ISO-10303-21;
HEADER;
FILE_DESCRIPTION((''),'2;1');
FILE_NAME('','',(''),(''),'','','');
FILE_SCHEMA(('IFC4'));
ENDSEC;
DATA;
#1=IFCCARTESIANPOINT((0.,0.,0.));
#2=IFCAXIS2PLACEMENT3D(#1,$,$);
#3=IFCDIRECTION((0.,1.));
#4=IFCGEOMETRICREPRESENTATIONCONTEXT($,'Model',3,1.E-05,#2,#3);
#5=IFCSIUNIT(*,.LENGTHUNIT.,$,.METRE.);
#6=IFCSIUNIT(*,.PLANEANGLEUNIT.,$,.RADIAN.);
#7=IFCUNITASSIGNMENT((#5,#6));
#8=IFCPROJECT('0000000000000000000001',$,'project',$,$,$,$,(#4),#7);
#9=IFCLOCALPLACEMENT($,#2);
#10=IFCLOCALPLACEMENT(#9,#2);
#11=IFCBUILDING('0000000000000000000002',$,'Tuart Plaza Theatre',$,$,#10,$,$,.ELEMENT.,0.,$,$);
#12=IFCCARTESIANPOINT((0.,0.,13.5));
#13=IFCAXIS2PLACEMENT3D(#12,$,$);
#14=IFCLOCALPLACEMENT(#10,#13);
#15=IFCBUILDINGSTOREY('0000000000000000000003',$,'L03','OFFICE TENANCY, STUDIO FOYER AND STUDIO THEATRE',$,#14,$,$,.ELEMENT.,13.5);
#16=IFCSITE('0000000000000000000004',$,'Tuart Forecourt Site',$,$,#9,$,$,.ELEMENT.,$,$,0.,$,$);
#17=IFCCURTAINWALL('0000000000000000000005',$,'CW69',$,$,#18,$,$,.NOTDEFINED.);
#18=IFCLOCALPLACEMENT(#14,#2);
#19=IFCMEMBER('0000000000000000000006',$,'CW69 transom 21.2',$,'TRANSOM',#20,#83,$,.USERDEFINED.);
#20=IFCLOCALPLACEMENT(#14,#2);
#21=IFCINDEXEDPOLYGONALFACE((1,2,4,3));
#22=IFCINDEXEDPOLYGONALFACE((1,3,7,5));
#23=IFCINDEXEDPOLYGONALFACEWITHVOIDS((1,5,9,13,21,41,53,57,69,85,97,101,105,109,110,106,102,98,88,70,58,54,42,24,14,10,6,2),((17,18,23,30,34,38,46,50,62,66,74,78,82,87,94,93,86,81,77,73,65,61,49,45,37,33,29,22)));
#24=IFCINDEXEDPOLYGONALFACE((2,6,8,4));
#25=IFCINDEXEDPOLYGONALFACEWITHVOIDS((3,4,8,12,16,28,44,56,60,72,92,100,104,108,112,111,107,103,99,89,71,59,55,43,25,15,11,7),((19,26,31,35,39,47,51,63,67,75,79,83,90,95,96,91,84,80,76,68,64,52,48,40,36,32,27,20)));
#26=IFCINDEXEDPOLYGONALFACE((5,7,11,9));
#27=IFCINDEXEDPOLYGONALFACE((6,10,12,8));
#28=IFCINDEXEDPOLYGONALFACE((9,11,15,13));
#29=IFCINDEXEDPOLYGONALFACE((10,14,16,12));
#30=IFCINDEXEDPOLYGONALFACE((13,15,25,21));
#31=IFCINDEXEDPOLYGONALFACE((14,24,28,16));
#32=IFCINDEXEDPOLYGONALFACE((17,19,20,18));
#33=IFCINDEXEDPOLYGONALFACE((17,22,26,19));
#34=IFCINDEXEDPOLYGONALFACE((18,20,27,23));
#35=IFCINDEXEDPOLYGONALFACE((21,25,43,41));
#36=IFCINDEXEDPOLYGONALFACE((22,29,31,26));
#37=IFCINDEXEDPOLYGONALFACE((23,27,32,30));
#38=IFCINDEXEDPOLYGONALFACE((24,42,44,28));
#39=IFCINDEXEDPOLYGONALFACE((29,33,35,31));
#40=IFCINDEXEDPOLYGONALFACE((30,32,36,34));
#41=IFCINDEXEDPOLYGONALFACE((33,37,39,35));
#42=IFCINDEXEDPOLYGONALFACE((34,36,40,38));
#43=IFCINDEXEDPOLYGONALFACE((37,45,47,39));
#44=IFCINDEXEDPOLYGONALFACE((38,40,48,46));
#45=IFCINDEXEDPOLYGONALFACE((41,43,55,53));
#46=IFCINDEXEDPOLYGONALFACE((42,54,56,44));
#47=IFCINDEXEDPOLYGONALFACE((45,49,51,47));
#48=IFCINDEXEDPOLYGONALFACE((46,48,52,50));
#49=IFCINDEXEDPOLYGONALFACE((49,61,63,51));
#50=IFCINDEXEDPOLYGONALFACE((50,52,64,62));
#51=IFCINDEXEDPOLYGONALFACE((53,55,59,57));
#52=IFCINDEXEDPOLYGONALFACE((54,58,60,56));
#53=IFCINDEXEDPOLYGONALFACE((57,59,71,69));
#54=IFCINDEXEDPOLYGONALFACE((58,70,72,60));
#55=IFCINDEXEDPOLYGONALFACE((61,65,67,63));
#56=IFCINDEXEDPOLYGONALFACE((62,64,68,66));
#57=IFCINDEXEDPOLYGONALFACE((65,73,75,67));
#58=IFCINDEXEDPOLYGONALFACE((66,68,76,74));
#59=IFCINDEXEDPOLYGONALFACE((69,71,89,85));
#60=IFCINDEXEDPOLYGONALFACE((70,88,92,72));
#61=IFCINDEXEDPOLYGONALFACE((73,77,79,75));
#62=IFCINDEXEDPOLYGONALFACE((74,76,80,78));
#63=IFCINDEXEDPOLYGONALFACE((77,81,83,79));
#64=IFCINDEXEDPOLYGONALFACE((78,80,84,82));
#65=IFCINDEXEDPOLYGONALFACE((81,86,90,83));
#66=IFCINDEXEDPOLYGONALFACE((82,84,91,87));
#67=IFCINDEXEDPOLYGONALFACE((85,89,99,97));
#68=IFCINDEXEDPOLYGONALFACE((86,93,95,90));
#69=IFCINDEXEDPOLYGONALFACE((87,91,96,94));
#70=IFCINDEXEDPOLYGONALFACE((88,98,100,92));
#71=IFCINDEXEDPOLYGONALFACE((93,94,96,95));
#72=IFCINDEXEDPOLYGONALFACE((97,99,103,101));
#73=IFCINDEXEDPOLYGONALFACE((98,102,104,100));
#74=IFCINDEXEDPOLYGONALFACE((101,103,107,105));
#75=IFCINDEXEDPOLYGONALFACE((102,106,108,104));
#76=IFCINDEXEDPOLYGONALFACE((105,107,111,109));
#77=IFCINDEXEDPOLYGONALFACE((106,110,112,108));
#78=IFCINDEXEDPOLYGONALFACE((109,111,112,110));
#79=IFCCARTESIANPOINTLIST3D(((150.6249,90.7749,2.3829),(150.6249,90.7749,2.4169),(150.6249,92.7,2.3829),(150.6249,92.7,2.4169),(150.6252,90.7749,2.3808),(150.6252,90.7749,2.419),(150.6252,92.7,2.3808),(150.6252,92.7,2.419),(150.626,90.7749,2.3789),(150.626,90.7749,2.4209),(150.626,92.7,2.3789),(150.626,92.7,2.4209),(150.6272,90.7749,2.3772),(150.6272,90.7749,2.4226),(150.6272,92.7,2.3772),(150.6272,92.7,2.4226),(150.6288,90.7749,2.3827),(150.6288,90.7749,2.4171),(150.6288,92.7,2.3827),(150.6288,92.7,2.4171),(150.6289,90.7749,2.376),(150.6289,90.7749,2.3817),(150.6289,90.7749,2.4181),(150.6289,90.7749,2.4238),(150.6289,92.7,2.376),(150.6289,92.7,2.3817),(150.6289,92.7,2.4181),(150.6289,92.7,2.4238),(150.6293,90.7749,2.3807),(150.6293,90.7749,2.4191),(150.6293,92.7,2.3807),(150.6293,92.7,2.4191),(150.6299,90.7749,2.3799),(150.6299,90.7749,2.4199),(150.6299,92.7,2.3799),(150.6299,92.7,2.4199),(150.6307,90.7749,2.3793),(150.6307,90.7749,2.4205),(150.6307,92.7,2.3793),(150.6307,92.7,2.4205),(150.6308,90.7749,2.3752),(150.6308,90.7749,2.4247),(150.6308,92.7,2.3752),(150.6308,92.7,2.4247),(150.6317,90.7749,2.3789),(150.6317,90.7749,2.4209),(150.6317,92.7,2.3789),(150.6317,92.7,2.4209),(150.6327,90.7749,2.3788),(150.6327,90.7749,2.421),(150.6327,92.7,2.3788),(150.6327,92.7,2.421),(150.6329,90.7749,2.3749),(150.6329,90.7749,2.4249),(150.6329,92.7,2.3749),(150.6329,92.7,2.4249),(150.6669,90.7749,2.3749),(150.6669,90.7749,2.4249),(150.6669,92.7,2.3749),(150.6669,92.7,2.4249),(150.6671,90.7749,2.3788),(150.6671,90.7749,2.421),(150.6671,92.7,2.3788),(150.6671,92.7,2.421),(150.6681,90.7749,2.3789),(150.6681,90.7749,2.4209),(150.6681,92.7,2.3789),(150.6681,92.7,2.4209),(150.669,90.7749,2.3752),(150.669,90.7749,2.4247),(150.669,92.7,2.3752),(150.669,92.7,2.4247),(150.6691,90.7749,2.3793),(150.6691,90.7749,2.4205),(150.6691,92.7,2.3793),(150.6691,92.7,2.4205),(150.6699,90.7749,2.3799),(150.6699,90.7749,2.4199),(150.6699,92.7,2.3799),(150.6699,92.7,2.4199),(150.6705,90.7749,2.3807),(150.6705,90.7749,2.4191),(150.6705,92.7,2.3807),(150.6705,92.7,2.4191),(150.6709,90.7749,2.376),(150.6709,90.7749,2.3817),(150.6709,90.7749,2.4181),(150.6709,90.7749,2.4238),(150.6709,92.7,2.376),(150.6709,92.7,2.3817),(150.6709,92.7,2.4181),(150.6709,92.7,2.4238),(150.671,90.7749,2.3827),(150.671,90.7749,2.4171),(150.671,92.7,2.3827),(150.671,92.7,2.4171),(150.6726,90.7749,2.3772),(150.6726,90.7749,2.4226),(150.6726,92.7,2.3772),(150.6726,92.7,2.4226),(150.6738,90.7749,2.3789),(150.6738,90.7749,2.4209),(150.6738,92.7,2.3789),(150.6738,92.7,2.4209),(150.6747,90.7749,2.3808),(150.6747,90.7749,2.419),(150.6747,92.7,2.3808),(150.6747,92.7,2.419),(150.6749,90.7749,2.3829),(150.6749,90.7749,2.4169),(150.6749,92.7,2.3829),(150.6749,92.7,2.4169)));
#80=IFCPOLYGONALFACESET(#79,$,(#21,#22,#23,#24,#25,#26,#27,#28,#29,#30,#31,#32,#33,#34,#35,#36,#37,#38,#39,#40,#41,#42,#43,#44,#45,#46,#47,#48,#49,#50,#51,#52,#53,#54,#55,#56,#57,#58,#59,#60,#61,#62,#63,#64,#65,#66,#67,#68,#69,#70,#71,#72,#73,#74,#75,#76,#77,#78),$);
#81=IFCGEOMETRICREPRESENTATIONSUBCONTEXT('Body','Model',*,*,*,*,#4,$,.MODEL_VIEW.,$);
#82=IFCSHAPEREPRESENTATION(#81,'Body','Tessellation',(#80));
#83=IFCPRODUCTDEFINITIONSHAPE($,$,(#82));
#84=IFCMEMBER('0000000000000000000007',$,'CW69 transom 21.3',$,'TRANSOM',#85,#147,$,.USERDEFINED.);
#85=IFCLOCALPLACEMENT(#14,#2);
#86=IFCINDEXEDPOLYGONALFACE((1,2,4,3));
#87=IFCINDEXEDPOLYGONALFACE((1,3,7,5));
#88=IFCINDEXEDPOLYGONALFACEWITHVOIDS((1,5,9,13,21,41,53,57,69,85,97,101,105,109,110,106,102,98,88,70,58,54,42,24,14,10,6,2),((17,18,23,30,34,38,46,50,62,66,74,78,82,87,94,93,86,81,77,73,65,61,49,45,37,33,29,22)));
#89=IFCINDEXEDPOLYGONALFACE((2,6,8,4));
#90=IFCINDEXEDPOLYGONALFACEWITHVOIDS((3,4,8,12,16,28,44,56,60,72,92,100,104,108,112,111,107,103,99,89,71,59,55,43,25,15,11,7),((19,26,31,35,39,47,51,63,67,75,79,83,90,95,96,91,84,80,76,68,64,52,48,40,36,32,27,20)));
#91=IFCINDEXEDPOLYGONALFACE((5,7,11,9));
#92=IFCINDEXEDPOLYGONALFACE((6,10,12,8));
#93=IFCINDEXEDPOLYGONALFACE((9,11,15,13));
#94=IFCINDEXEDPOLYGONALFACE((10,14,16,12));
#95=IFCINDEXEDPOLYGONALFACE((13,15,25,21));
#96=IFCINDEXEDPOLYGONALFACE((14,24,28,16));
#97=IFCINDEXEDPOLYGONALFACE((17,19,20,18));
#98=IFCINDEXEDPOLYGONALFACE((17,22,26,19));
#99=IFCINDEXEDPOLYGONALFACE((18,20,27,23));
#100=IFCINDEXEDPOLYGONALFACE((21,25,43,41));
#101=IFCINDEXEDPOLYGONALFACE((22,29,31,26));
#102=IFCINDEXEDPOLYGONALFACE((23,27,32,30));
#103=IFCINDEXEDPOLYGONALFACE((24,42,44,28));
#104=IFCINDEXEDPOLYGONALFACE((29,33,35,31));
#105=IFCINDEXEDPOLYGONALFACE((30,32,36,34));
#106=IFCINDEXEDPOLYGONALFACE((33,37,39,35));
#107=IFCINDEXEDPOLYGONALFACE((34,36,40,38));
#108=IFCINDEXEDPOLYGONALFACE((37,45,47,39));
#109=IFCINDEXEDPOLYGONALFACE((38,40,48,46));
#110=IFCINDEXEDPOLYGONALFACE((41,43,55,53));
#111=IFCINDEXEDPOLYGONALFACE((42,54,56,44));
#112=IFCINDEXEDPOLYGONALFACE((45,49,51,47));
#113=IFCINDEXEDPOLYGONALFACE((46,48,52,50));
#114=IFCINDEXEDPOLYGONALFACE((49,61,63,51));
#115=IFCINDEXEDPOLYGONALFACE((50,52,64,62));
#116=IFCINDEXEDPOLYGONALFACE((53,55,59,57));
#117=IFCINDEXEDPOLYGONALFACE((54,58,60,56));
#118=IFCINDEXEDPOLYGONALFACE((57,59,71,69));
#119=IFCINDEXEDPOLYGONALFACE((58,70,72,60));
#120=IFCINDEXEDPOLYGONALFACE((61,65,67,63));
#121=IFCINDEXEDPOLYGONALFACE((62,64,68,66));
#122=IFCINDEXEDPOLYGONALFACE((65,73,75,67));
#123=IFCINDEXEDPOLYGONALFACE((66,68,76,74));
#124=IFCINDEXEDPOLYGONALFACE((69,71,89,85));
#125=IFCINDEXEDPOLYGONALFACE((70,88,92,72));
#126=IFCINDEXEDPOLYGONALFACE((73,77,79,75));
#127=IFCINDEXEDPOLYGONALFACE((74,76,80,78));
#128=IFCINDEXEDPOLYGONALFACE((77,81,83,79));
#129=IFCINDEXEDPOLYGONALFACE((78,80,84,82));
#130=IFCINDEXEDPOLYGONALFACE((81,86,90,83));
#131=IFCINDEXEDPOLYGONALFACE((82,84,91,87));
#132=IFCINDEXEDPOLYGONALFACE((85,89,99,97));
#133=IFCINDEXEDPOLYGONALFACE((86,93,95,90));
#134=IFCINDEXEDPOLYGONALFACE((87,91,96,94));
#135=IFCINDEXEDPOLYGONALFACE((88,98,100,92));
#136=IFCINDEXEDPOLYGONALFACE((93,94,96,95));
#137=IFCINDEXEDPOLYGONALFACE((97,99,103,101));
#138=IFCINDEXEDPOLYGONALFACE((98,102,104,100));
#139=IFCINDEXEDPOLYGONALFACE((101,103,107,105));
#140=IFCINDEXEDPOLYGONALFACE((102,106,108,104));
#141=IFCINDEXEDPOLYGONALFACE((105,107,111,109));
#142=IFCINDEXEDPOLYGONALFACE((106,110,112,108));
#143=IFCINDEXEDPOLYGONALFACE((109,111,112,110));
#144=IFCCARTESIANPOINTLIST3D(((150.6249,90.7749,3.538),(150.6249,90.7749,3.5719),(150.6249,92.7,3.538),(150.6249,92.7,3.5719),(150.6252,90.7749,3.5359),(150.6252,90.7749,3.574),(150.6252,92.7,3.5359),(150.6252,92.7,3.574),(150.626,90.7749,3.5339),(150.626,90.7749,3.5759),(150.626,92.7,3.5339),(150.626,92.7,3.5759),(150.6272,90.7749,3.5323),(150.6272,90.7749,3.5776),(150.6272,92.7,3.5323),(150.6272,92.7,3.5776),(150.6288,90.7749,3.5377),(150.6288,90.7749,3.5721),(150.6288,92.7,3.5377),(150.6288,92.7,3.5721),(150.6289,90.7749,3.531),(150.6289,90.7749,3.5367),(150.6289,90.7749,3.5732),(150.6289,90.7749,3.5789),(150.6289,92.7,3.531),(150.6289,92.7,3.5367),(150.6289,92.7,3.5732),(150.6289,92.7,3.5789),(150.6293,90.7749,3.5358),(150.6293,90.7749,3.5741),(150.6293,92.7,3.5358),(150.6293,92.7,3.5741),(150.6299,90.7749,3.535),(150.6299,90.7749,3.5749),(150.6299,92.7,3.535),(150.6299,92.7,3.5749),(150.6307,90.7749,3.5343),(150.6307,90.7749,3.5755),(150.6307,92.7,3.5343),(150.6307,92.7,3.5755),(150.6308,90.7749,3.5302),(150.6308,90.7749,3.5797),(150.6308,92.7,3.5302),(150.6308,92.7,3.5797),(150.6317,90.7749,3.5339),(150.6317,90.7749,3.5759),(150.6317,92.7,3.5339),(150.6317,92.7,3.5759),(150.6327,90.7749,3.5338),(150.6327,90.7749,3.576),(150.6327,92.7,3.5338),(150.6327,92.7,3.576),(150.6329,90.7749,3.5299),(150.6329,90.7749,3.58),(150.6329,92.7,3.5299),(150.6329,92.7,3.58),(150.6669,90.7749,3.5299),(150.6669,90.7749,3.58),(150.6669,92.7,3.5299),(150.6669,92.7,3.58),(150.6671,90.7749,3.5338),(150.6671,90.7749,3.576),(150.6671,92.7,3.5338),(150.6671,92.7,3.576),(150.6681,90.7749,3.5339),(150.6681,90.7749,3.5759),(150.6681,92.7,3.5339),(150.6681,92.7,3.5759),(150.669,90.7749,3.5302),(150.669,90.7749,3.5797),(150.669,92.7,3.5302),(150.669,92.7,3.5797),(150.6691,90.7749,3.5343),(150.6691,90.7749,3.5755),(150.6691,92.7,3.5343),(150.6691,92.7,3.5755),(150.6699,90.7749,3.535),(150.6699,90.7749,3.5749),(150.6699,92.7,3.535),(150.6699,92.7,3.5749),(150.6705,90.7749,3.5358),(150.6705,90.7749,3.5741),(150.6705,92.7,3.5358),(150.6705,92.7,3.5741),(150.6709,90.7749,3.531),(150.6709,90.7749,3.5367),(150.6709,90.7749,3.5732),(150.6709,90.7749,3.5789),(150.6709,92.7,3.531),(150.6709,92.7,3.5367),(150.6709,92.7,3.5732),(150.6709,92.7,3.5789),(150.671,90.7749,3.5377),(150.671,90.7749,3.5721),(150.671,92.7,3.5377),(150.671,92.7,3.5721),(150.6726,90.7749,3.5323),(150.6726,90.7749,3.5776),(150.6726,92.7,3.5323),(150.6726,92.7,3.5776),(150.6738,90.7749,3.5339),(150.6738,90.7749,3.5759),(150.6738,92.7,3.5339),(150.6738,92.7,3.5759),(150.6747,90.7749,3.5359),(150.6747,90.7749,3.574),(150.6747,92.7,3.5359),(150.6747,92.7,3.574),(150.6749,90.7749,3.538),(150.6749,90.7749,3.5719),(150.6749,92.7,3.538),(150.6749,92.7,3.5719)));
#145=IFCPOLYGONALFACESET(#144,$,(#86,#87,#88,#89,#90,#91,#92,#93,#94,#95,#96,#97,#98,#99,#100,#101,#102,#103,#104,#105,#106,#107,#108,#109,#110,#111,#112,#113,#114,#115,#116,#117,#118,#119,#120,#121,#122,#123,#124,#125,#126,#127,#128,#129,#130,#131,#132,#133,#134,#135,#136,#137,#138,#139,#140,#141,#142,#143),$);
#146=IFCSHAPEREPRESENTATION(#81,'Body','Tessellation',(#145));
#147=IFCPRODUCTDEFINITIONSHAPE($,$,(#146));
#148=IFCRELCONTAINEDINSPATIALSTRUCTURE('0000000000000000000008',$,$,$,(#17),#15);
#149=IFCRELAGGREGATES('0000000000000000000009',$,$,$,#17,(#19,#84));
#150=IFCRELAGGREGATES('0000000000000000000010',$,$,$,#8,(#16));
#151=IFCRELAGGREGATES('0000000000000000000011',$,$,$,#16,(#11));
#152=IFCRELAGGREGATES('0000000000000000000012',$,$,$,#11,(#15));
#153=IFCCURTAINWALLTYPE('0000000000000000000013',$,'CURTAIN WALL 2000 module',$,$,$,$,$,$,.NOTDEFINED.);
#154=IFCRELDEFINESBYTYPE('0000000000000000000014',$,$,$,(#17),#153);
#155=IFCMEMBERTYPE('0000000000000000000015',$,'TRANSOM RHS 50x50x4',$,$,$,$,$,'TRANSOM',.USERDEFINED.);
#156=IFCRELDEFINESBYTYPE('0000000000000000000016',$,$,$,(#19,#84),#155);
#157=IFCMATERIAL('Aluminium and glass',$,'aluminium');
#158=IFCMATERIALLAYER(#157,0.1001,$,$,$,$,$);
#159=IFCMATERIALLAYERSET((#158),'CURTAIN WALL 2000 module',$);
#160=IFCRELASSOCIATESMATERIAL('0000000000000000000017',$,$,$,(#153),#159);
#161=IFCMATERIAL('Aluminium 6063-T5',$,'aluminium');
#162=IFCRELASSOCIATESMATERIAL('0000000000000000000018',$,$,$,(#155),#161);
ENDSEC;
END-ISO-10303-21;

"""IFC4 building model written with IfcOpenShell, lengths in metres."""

from ifc_helpers import new_model, si_unit, direction, frame, origin, origin_2d, place, context, subcontext, project, spatial, hollow_rectangle, extrude, material, layer, layer_set, material_profile, profile_set, type_object, element, aggregate, save


model = new_model("IFC4")

# Units and contexts
model_context = context("Model", 3, precision=1e-05, world=origin(), true_north=direction((0.0, 1.0)))
body_context = subcontext(model_context, "Body", "Model", "MODEL_VIEW")
ifc_project = project(units=[si_unit("LENGTHUNIT", "METRE"), si_unit("PLANEANGLEUNIT", "RADIAN")], contexts=[model_context])

# Site, building, storey
site_placement = place(None, origin())
site = spatial("IfcSite", under=ifc_project, at=site_placement, Name="Tuart Forecourt Site", CompositionType="ELEMENT", RefElevation=0.0)
building_placement = place(site_placement, origin())
building = spatial("IfcBuilding", under=site, at=building_placement, Name="Tuart Plaza Theatre", CompositionType="ELEMENT", ElevationOfRefHeight=0.0)
storey_placement = place(building_placement, frame((0.0, 0.0, 13.5)))
storey = spatial("IfcBuildingStorey", under=building, at=storey_placement, Name="L03", Description="OFFICE TENANCY, STUDIO FOYER AND STUDIO THEATRE", CompositionType="ELEMENT", Elevation=13.5)

# Curtain wall
ifc_material_1 = material(Name="Aluminium and glass", Category="aluminium")
ifc_layer_1 = layer(ifc_material_1, 0.1001)
ifc_layer_set_1 = layer_set([ifc_layer_1], Name="CURTAIN WALL 2000 module")
curtain_wall_type = type_object("IfcCurtainWallType", Name="CURTAIN WALL 2000 module", PredefinedType="NOTDEFINED", material=ifc_layer_set_1)
curtain_wall_1_placement = place(storey_placement, origin())
curtain_wall_1 = element("IfcCurtainWall", 1, at=curtain_wall_1_placement, inside=storey, type_object=curtain_wall_type, Name="CW69", PredefinedType="NOTDEFINED")

# Members
ifc_material_2 = material(Name="Aluminium 6063-T5", Category="aluminium")
ifc_material_profile_1 = material_profile(ifc_material_2, hollow_rectangle(XDim=0.05, YDim=0.05, WallThickness=0.0039, InnerFilletRadius=0.0039, OuterFilletRadius=0.0081, at=origin_2d()), Name="RHS 50x50x4")
ifc_profile_set_1 = profile_set([ifc_material_profile_1], Name="Aluminium 6063-T5")
member_type_1 = type_object("IfcMemberType", Name="TRANSOM RHS 50x50x4", ElementType="TRANSOM", PredefinedType="USERDEFINED", material=ifc_profile_set_1)
member_1_placement = place(storey_placement, frame((150.6499, 90.7749, 2.3999), z_axis=(0.0, 1.0, 0.0), x_axis=(-1.0, 0.0, 0.0)))
member_1 = element("IfcMember", 2, at=member_1_placement, type_object=member_type_1, Name="CW69 transom 21.2", ObjectType="TRANSOM", PredefinedType="USERDEFINED", context=body_context, shape_type="SweptSolid", body=[
    extrude(hollow_rectangle(XDim=0.05, YDim=0.05, WallThickness=0.0039, InnerFilletRadius=0.0039, OuterFilletRadius=0.0081, at=origin_2d()), origin(), (0.0, 0.0, 1.0), 1.925),
])
member_2_placement = place(storey_placement, frame((150.6499, 90.7749, 3.5549), z_axis=(0.0, 1.0, 0.0), x_axis=(-1.0, 0.0, 0.0)))
member_2 = element("IfcMember", 3, at=member_2_placement, type_object=member_type_1, Name="CW69 transom 21.3", ObjectType="TRANSOM", PredefinedType="USERDEFINED", context=body_context, shape_type="SweptSolid", body=[
    extrude(hollow_rectangle(XDim=0.05, YDim=0.05, WallThickness=0.0039, InnerFilletRadius=0.0039, OuterFilletRadius=0.0081, at=origin_2d()), origin(), (0.0, 0.0, 1.0), 1.925),
])

aggregate(curtain_wall_1, [member_1, member_2])

save(model, "model.ifc")
